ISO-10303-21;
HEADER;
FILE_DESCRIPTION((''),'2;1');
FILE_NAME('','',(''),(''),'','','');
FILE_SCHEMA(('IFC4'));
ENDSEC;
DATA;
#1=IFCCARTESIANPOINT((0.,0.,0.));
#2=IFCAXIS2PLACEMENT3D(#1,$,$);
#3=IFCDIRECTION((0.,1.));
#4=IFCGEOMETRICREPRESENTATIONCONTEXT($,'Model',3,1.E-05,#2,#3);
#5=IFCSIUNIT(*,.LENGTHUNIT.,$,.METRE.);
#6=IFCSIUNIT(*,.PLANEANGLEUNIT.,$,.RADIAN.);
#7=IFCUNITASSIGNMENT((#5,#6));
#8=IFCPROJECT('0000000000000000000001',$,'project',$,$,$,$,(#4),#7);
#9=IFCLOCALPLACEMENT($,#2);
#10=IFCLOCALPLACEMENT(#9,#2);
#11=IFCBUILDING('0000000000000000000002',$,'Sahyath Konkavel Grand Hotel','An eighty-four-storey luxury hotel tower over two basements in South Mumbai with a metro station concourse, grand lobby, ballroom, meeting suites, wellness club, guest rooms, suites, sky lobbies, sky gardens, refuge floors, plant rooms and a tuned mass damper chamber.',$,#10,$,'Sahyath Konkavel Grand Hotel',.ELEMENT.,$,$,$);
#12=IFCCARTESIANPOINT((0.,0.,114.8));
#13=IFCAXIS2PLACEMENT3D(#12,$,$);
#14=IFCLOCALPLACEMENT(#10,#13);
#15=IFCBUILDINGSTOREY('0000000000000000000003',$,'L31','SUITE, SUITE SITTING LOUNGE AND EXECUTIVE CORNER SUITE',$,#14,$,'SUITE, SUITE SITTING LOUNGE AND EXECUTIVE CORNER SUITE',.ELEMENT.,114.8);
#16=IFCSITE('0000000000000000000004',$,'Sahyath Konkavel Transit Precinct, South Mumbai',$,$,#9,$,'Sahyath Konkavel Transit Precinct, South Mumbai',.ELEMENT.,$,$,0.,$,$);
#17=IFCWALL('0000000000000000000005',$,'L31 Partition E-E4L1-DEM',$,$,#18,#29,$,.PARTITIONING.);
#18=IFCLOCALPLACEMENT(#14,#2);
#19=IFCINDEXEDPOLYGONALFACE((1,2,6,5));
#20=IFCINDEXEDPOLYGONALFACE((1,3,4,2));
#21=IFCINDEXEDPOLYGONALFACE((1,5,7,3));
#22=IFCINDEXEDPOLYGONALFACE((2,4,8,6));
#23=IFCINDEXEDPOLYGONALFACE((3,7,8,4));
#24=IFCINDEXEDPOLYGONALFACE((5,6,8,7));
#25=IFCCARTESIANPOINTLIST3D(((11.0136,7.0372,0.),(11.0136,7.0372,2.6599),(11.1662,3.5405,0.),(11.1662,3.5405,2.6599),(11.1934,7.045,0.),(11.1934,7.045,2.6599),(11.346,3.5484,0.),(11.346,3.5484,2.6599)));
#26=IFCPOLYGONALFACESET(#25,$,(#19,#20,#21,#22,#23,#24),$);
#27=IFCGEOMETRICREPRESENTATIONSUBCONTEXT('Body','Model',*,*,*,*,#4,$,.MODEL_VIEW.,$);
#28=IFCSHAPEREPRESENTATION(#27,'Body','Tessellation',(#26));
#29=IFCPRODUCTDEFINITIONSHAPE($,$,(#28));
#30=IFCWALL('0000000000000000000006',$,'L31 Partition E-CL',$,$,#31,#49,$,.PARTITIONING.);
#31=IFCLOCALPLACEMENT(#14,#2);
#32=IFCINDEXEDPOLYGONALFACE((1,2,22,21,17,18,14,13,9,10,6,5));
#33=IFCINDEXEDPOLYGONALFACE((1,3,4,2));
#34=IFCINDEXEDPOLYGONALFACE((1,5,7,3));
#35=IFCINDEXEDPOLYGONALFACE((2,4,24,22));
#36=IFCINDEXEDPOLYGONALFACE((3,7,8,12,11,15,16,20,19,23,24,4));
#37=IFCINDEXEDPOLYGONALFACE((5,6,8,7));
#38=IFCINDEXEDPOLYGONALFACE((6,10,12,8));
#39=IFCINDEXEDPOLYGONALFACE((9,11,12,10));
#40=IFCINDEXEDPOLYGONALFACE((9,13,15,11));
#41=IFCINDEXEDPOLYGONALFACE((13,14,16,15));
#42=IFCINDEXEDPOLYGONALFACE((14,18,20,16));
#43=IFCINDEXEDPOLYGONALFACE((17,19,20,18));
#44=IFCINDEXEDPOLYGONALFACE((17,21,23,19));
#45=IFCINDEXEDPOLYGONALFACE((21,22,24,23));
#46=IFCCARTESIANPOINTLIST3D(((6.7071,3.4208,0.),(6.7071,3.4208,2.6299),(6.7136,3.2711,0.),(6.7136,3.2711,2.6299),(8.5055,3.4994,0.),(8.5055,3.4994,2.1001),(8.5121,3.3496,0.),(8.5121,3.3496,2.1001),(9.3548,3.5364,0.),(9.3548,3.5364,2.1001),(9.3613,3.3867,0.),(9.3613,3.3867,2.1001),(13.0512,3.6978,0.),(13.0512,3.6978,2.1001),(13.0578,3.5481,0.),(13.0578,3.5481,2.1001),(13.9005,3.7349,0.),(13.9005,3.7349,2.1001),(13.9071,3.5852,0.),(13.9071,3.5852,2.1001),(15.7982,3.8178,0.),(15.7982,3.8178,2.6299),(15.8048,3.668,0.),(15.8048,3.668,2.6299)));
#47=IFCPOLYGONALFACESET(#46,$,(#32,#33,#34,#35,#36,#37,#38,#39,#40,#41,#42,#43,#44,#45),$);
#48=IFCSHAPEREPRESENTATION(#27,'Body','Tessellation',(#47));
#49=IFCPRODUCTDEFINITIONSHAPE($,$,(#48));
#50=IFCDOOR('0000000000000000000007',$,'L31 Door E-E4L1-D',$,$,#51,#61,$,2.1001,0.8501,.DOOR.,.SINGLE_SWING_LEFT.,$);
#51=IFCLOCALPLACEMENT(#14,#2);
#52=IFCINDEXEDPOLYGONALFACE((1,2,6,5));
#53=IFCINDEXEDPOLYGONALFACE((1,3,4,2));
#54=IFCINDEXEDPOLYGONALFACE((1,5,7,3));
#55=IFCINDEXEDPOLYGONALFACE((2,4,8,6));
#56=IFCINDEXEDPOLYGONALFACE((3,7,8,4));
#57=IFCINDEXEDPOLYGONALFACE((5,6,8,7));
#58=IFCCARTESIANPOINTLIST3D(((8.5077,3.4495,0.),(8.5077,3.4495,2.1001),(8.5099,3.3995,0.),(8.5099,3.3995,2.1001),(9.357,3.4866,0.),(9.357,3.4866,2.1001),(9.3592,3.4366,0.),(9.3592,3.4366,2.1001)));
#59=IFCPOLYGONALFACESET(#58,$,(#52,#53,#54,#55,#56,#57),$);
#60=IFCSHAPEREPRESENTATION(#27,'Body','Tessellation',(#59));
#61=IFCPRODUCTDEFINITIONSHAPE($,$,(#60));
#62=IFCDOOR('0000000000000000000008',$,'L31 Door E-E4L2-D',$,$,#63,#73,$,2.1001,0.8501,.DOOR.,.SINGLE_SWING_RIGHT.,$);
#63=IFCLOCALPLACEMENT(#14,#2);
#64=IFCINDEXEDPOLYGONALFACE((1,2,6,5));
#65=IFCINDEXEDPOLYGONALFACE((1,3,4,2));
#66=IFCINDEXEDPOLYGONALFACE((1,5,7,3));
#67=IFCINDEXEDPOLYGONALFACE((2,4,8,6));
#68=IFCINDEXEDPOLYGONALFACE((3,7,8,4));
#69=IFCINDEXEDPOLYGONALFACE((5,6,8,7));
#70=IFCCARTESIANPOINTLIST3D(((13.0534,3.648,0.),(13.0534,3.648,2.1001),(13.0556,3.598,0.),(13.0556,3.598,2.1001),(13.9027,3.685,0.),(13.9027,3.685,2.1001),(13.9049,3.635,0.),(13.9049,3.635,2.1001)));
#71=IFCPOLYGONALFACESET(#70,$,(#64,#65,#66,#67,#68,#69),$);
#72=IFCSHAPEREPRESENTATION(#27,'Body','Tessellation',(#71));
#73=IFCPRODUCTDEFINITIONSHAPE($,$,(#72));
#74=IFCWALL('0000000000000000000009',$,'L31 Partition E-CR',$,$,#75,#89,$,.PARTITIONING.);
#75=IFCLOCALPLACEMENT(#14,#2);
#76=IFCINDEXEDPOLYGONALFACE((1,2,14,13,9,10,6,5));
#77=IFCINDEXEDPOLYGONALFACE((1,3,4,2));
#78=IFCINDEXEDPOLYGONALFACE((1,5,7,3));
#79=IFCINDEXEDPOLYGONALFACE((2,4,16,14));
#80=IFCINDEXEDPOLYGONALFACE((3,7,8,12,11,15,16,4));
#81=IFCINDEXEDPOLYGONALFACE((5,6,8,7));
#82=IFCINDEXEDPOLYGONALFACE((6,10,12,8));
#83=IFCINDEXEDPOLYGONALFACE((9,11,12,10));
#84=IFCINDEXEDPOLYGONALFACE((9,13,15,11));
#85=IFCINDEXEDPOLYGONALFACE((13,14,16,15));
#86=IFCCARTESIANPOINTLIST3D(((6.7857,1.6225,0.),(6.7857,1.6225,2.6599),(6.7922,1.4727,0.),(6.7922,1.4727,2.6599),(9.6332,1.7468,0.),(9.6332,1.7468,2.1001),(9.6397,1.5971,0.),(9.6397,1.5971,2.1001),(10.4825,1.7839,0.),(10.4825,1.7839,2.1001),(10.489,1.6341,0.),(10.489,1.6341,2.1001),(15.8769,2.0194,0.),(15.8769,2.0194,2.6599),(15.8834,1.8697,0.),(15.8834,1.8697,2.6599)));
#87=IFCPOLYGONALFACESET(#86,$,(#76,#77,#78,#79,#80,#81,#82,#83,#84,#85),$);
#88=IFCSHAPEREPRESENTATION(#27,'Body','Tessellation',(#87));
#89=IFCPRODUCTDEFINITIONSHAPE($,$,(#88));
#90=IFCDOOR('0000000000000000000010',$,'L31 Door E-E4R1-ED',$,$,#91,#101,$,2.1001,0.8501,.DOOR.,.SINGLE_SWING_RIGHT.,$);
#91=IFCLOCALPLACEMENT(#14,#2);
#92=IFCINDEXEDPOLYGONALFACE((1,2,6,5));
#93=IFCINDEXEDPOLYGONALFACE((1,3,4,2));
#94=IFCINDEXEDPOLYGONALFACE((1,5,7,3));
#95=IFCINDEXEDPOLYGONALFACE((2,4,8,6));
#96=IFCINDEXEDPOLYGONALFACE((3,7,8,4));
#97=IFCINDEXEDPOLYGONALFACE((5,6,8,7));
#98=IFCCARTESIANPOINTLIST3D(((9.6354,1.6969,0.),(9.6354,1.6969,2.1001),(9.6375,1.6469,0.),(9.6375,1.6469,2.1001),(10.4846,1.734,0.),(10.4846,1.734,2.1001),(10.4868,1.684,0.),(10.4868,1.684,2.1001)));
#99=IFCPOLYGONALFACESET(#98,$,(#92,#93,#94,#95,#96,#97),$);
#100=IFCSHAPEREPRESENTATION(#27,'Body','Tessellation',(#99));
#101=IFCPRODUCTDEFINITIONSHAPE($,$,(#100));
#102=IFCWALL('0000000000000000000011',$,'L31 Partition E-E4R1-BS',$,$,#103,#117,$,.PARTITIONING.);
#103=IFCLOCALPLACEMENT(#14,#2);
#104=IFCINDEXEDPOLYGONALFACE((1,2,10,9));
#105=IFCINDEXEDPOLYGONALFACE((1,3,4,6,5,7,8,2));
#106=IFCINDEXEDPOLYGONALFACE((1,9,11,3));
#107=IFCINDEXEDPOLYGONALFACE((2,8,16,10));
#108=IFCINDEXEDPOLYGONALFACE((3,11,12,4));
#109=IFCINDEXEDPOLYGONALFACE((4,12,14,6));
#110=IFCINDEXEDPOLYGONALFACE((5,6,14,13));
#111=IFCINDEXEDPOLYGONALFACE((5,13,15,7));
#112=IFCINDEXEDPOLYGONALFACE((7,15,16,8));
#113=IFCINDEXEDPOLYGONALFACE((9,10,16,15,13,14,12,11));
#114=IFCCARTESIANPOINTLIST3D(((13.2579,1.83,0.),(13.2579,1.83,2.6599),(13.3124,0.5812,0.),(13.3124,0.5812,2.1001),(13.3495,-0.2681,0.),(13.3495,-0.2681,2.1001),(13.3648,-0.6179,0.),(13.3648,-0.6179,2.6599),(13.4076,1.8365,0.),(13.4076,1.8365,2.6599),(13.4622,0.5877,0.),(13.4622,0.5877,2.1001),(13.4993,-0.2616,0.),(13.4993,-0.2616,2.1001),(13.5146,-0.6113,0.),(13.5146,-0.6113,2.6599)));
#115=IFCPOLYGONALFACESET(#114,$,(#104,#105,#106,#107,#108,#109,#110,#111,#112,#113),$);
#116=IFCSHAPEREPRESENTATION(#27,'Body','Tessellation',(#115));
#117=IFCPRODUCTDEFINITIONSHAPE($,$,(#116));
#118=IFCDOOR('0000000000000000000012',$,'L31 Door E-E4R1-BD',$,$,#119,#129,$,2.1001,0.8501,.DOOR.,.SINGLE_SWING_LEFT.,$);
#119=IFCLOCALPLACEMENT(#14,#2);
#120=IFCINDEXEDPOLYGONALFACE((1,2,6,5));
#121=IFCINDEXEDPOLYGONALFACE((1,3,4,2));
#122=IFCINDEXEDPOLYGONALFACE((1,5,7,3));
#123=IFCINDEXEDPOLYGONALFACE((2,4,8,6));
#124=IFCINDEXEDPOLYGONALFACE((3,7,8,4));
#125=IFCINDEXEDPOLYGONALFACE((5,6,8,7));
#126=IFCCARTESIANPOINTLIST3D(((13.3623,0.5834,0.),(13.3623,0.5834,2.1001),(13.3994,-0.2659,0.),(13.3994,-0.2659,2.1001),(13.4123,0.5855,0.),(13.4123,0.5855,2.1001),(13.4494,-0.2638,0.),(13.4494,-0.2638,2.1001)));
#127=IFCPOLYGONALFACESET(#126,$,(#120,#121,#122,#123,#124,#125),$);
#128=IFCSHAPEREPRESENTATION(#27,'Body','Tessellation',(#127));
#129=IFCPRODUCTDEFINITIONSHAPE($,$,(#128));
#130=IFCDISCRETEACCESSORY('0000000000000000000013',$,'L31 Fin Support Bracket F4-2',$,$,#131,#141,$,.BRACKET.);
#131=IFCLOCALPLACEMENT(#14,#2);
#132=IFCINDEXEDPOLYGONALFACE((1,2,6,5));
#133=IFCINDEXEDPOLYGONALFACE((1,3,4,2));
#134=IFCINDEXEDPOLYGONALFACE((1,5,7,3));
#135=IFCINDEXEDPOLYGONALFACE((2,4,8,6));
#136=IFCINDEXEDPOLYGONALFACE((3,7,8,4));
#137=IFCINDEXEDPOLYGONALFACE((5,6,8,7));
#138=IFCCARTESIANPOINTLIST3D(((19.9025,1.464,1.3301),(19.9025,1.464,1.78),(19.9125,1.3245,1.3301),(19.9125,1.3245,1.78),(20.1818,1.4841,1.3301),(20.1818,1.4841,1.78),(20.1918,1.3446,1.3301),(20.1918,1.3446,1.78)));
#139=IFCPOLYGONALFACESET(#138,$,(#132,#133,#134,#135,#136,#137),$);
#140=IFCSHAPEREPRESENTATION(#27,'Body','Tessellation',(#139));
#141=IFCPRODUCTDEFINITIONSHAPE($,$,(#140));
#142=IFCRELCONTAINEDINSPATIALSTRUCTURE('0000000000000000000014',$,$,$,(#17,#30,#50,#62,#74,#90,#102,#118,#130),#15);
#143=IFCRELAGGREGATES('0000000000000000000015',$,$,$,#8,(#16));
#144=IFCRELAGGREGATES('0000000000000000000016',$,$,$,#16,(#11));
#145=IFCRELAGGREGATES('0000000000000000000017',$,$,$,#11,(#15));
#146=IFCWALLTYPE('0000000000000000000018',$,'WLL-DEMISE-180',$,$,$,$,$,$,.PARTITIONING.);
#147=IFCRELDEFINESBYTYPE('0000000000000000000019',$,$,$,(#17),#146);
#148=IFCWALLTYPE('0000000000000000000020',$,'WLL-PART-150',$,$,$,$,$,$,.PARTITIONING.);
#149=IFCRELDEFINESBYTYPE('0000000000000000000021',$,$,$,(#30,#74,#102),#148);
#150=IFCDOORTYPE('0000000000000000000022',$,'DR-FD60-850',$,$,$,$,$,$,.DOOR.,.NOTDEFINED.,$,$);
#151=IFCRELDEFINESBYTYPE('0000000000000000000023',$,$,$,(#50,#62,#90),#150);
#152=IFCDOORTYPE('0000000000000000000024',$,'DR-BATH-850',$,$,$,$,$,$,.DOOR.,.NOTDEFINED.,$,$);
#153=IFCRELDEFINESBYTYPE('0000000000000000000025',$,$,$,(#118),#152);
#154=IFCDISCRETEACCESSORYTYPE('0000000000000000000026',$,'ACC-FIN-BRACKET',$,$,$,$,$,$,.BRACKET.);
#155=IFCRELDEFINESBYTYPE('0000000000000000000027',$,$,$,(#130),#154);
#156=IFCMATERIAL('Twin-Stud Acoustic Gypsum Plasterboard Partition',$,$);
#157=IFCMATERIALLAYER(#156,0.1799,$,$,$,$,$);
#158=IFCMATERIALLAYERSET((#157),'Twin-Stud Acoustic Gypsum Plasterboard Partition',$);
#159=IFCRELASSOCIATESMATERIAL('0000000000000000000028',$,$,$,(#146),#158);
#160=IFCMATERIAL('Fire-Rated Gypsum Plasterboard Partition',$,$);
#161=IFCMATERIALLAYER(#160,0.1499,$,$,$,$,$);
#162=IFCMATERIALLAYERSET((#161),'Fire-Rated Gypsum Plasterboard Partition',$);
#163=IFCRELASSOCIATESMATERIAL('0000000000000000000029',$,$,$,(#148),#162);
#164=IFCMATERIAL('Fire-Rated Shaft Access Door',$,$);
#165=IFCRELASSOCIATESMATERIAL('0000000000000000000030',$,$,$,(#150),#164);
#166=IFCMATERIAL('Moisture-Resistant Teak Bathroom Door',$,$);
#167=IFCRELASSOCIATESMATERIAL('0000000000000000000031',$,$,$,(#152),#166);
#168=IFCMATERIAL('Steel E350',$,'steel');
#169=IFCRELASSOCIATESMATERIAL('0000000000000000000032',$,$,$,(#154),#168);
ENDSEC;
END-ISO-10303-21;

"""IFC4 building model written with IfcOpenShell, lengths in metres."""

from ifc_helpers import new_model, si_unit, direction, frame, frame_2d, origin, origin_2d, place, context, subcontext, project, spatial, rectangle, extrude, source, transform, mapped, material, layer, layer_set, type_object, element, fill, save


model = new_model("IFC4")

# Units and contexts
model_context = context("Model", 3, precision=1e-05, world=origin(), true_north=direction((0.0, 1.0)))
body_context = subcontext(model_context, "Body", "Model", "MODEL_VIEW")
ifc_project = project(units=[si_unit("LENGTHUNIT", "METRE"), si_unit("PLANEANGLEUNIT", "RADIAN")], contexts=[model_context])

# Site, building, storey
site_placement = place(None, origin())
site = spatial("IfcSite", under=ifc_project, at=site_placement, Name="Sahyath Konkavel Transit Precinct, South Mumbai", LongName="Sahyath Konkavel Transit Precinct, South Mumbai", CompositionType="ELEMENT", RefElevation=0.0)
building_placement = place(site_placement, origin())
building = spatial("IfcBuilding", under=site, at=building_placement, Name="Sahyath Konkavel Grand Hotel", Description="An eighty-four-storey luxury hotel tower over two basements in South Mumbai with a metro station concourse, grand lobby, ballroom, meeting suites, wellness club, guest rooms, suites, sky lobbies, sky gardens, refuge floors, plant rooms and a tuned mass damper chamber.", LongName="Sahyath Konkavel Grand Hotel", CompositionType="ELEMENT")
storey_placement = place(building_placement, frame((0.0, 0.0, 114.8)))
storey = spatial("IfcBuildingStorey", under=building, at=storey_placement, Name="L31", Description="SUITE, SUITE SITTING LOUNGE AND EXECUTIVE CORNER SUITE", LongName="SUITE, SUITE SITTING LOUNGE AND EXECUTIVE CORNER SUITE", CompositionType="ELEMENT", Elevation=114.8)

# Shared definitions
ifc_material_1 = material(Name="Steel E350", Category="steel")

# Wall
ifc_material_2 = material(Name="Twin-Stud Acoustic Gypsum Plasterboard Partition")
ifc_layer_1 = layer(ifc_material_2, 0.1799)
ifc_layer_set_1 = layer_set([ifc_layer_1], Name="Twin-Stud Acoustic Gypsum Plasterboard Partition")
wall_type_1 = type_object("IfcWallType", Name="WLL-DEMISE-180", PredefinedType="PARTITIONING", material=ifc_layer_set_1)
for number, where, z_axis, x_axis, name in (
    (1, (11.2561, 3.5444, 0.0), (0.0, 0.0, 1.0), (-0.043598, 0.999049, 0.0), "L31 Partition E-E4L1-DEM"),
):
    element("IfcWall", number, at=place(storey_placement, frame(where, z_axis=z_axis, x_axis=x_axis)), inside=storey, type_object=wall_type_1, Name=name, PredefinedType="PARTITIONING", context=body_context, shape_type="SweptSolid", body=[
        extrude(rectangle(XDim=3.5, YDim=0.1799, at=frame_2d((1.75, 0.0))), origin(), (0.0, 0.0, 1.0), 2.6599),
    ])

# Wall, openings, doors
ifc_material_3 = material(Name="Fire-Rated Gypsum Plasterboard Partition")
ifc_layer_2 = layer(ifc_material_3, 0.1499)
ifc_layer_set_2 = layer_set([ifc_layer_2], Name="Fire-Rated Gypsum Plasterboard Partition")
wall_type_2 = type_object("IfcWallType", Name="WLL-PART-150", PredefinedType="PARTITIONING", material=ifc_layer_set_2)
wall_1_placement = place(storey_placement, frame((6.7104, 3.3459, 0.0), z_axis=(0.0, 0.0, 1.0), x_axis=(0.999048, 0.043624, 0.0)))
wall_1 = element("IfcWall", 2, at=wall_1_placement, inside=storey, type_object=wall_type_2, Name="L31 Partition E-CL", PredefinedType="PARTITIONING", context=body_context, shape_type="SweptSolid", body=[
    extrude(rectangle(XDim=9.0999, YDim=0.1499, at=frame_2d((4.5498, 0.0))), origin(), (0.0, 0.0, 1.0), 2.6299),
])
opening_1_placement = place(wall_1_placement, frame((1.8, 0.0, 0.0)))
opening_1 = element("IfcOpeningElement", 3, at=opening_1_placement, cuts=wall_1, PredefinedType="OPENING", context=body_context, shape_type="SweptSolid", body=[
    extrude(rectangle(XDim=0.8501, YDim=2.1001, at=frame_2d((0.425, 1.05))), frame((0.0, 0.085, 0.0), z_axis=(0.0, -1.0, 0.0), x_axis=(1.0, 0.0, 0.0)), (0.0, 0.0, 1.0), 0.1699),
])
opening_2_placement = place(wall_1_placement, frame((6.3501, 0.0, 0.0)))
opening_2 = element("IfcOpeningElement", 4, at=opening_2_placement, cuts=wall_1, PredefinedType="OPENING", context=body_context, shape_type="SweptSolid", body=[
    extrude(rectangle(XDim=0.8501, YDim=2.1001, at=frame_2d((0.425, 1.05))), frame((0.0, 0.085, 0.0), z_axis=(0.0, -1.0, 0.0), x_axis=(1.0, 0.0, 0.0)), (0.0, 0.0, 1.0), 0.1699),
])
ifc_material_4 = material(Name="Fire-Rated Shaft Access Door")
door_type_1 = type_object("IfcDoorType", Name="DR-FD60-850", OperationType="NOTDEFINED", PredefinedType="DOOR", material=ifc_material_4)
shared_shape_1 = source(origin(), body_context, "Body", "SweptSolid", [
    extrude(rectangle(XDim=0.8501, YDim=0.05, at=origin_2d()), origin(), (0.0, 0.0, 1.0), 2.1001),
])
door_1_placement = place(opening_1_placement, frame((0.425, 0.0, 0.0)))
door_1 = element("IfcDoor", 5, at=door_1_placement, inside=storey, type_object=door_type_1, Name="L31 Door E-E4L1-D", OperationType="SINGLE_SWING_LEFT", OverallHeight=2.1001, OverallWidth=0.8501, PredefinedType="DOOR", context=body_context, shape_type="MappedRepresentation", body=[
    mapped(shared_shape_1, transform((0.0, 0.0, 0.0), scale=1.0)),
])
fill(opening_1, door_1)
door_2_placement = place(opening_2_placement, frame((0.425, 0.0, 0.0)))
door_2 = element("IfcDoor", 6, at=door_2_placement, inside=storey, type_object=door_type_1, Name="L31 Door E-E4L2-D", OperationType="SINGLE_SWING_RIGHT", OverallHeight=2.1001, OverallWidth=0.8501, PredefinedType="DOOR", context=body_context, shape_type="MappedRepresentation", body=[
    mapped(shared_shape_1, transform((0.0, 0.0, 0.0), scale=1.0)),
])
fill(opening_2, door_2)

# Walls, openings, doors
wall_2_placement = place(storey_placement, frame((6.7891, 1.5476, 0.0), z_axis=(0.0, 0.0, 1.0), x_axis=(0.999048, 0.043624, 0.0)))
wall_2 = element("IfcWall", 7, at=wall_2_placement, inside=storey, type_object=wall_type_2, Name="L31 Partition E-CR", PredefinedType="PARTITIONING", context=body_context, shape_type="SweptSolid", body=[
    extrude(rectangle(XDim=9.0999, YDim=0.1499, at=frame_2d((4.5498, 0.0))), origin(), (0.0, 0.0, 1.0), 2.6599),
])
opening_3_placement = place(wall_2_placement, frame((2.8501, 0.0, 0.0)))
opening_3 = element("IfcOpeningElement", 8, at=opening_3_placement, cuts=wall_2, PredefinedType="OPENING", context=body_context, shape_type="SweptSolid", body=[
    extrude(rectangle(XDim=0.8501, YDim=2.1001, at=frame_2d((0.425, 1.05))), frame((0.0, 0.085, 0.0), z_axis=(0.0, -1.0, 0.0), x_axis=(1.0, 0.0, 0.0)), (0.0, 0.0, 1.0), 0.1699),
])
door_3_placement = place(opening_3_placement, frame((0.425, 0.0, 0.0)))
door_3 = element("IfcDoor", 9, at=door_3_placement, inside=storey, type_object=door_type_1, Name="L31 Door E-E4R1-ED", OperationType="SINGLE_SWING_RIGHT", OverallHeight=2.1001, OverallWidth=0.8501, PredefinedType="DOOR", context=body_context, shape_type="MappedRepresentation", body=[
    mapped(shared_shape_1, transform((0.0, 0.0, 0.0), scale=1.0)),
])
fill(opening_3, door_3)
wall_3_placement = place(storey_placement, frame((13.3328, 1.8333, 0.0), z_axis=(0.0, 0.0, 1.0), x_axis=(0.043645, -0.999047, 0.0)))
wall_3 = element("IfcWall", 10, at=wall_3_placement, inside=storey, type_object=wall_type_2, Name="L31 Partition E-E4R1-BS", PredefinedType="PARTITIONING", context=body_context, shape_type="SweptSolid", body=[
    extrude(rectangle(XDim=2.4502, YDim=0.1499, at=frame_2d((1.2251, 0.0))), origin(), (0.0, 0.0, 1.0), 2.6599),
])
opening_4_placement = place(wall_3_placement, frame((1.25, 0.0, 0.0)))
opening_4 = element("IfcOpeningElement", 11, at=opening_4_placement, cuts=wall_3, PredefinedType="OPENING", context=body_context, shape_type="SweptSolid", body=[
    extrude(rectangle(XDim=0.8501, YDim=2.1001, at=frame_2d((0.425, 1.05))), frame((0.0, 0.085, 0.0), z_axis=(0.0, -1.0, 0.0), x_axis=(1.0, 0.0, 0.0)), (0.0, 0.0, 1.0), 0.1699),
])
ifc_material_5 = material(Name="Moisture-Resistant Teak Bathroom Door")
door_type_2 = type_object("IfcDoorType", Name="DR-BATH-850", OperationType="NOTDEFINED", PredefinedType="DOOR", material=ifc_material_5)
door_4_placement = place(opening_4_placement, frame((0.425, 0.0, 0.0)))
door_4 = element("IfcDoor", 12, at=door_4_placement, inside=storey, type_object=door_type_2, Name="L31 Door E-E4R1-BD", OperationType="SINGLE_SWING_LEFT", OverallHeight=2.1001, OverallWidth=0.8501, PredefinedType="DOOR", context=body_context, shape_type="MappedRepresentation", body=[
    mapped(shared_shape_1, transform((0.0, 0.0, 0.0), scale=1.0)),
])
fill(opening_4, door_4)

# Discrete accessory
discrete_accessory_type = type_object("IfcDiscreteAccessoryType", Name="ACC-FIN-BRACKET", PredefinedType="BRACKET", material=ifc_material_1)
shared_shape_2 = source(origin(), body_context, "Body", "SweptSolid", [
    extrude(rectangle(XDim=0.28, YDim=0.1399, at=origin_2d()), origin(), (0.0, 0.0, 1.0), 0.45),
])
discrete_accessory_placement = place(storey_placement, frame((20.0471, 1.4043, 1.3301), z_axis=(0.0, 0.0, 1.0), x_axis=(0.997436, 0.071567, 0.0)))
element("IfcDiscreteAccessory", 13, at=discrete_accessory_placement, inside=storey, type_object=discrete_accessory_type, Name="L31 Fin Support Bracket F4-2", PredefinedType="BRACKET", context=body_context, shape_type="MappedRepresentation", body=[
    mapped(shared_shape_2, transform((0.0, 0.0, 0.0), scale=1.0)),
])

save(model, "model.ifc")
